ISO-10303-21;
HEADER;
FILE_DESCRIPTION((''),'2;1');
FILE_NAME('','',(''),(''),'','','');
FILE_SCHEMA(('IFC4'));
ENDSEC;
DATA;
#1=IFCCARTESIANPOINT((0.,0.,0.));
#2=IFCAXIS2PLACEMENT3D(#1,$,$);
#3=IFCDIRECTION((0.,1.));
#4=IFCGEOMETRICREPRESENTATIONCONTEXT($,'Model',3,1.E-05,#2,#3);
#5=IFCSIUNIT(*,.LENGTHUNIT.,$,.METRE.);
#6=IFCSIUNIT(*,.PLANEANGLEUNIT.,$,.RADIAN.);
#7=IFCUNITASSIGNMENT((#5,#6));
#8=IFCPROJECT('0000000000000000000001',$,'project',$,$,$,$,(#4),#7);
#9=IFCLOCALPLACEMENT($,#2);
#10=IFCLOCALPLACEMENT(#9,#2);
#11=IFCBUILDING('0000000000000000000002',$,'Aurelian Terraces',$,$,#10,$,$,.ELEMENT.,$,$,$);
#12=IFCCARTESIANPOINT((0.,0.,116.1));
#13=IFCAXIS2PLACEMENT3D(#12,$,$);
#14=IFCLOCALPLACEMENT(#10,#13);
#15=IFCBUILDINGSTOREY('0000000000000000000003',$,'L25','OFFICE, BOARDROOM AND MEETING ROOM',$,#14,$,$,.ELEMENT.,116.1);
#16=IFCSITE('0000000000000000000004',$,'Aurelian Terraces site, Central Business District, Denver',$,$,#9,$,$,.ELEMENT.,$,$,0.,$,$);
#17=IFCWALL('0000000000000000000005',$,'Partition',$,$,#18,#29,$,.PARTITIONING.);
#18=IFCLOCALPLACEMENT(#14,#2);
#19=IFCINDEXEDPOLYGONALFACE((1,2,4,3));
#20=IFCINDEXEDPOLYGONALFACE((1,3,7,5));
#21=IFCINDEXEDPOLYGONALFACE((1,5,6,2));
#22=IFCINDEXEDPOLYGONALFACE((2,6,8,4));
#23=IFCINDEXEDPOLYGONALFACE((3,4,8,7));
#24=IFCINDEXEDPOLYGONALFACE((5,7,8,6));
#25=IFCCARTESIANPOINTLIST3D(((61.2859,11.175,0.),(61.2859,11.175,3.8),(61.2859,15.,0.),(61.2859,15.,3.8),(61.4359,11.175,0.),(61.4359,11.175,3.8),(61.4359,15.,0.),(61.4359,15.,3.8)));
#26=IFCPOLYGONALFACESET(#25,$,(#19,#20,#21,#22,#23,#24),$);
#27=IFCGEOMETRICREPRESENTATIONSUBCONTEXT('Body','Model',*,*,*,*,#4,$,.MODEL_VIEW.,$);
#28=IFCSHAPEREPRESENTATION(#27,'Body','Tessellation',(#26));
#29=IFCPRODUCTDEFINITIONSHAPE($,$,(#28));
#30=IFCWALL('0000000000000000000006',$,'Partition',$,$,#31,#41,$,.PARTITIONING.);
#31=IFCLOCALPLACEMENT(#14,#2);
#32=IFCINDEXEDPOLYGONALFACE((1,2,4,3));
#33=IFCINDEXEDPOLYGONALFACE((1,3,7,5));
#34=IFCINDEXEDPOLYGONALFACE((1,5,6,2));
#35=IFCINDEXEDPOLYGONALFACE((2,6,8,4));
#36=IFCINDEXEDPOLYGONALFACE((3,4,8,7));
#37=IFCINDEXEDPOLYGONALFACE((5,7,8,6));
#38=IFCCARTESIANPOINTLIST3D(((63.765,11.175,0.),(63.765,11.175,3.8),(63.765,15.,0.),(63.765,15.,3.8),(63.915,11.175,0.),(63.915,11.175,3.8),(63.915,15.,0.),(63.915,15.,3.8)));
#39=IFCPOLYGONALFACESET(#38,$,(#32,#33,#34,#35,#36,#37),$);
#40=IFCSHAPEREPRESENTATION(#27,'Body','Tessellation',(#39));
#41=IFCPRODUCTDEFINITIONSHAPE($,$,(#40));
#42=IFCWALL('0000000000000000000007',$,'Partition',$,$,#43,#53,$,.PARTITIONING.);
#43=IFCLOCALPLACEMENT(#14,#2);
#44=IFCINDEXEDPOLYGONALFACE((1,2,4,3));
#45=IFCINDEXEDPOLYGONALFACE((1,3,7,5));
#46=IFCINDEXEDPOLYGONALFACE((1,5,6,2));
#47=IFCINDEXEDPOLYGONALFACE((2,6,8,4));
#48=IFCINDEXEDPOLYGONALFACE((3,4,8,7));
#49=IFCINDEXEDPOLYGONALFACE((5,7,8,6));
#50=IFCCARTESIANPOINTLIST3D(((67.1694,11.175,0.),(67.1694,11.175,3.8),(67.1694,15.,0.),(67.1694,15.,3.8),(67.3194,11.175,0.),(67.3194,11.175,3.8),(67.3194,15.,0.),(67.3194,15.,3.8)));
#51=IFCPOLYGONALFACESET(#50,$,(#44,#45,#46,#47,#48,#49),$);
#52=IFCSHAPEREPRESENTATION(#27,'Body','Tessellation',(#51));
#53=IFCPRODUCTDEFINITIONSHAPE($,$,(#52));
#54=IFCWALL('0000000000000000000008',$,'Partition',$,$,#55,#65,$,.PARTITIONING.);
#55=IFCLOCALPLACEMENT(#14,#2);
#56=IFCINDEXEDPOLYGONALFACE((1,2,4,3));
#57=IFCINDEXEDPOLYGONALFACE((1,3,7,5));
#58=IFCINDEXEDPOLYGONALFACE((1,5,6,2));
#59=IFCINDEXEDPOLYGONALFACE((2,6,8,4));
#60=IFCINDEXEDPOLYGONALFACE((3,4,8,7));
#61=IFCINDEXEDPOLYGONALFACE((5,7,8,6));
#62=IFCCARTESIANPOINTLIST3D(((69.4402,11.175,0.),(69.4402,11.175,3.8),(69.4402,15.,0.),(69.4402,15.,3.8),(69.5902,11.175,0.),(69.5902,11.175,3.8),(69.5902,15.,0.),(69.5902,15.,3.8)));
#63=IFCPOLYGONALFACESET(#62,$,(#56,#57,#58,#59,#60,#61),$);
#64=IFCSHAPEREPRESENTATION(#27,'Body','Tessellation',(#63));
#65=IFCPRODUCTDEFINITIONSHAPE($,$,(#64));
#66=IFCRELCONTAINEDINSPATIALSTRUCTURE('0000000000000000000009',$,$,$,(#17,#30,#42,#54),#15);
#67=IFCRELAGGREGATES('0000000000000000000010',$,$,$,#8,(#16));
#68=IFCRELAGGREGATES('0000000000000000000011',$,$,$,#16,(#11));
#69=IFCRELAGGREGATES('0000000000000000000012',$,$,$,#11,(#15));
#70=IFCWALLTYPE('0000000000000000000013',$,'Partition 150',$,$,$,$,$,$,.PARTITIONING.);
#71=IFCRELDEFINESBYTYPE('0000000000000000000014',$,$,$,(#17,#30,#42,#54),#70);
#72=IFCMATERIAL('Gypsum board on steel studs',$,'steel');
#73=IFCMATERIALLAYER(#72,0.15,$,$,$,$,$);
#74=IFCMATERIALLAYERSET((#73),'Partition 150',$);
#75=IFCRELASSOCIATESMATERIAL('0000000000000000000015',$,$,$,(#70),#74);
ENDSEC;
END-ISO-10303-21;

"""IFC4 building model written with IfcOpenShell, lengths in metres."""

from ifc_helpers import new_model, si_unit, direction, frame, frame_2d, origin, place, context, subcontext, project, spatial, rectangle, extrude, source, transform, mapped, material, layer, layer_set, type_object, element, save


model = new_model("IFC4")

# Units and contexts
model_context = context("Model", 3, precision=1e-05, world=origin(), true_north=direction((0.0, 1.0)))
body_context = subcontext(model_context, "Body", "Model", "MODEL_VIEW")
ifc_project = project(units=[si_unit("LENGTHUNIT", "METRE"), si_unit("PLANEANGLEUNIT", "RADIAN")], contexts=[model_context])

# Site, building, storey
site_placement = place(None, origin())
site = spatial("IfcSite", under=ifc_project, at=site_placement, Name="Aurelian Terraces site, Central Business District, Denver", CompositionType="ELEMENT", RefElevation=0.0)
building_placement = place(site_placement, origin())
building = spatial("IfcBuilding", under=site, at=building_placement, Name="Aurelian Terraces", CompositionType="ELEMENT")
storey_placement = place(building_placement, frame((0.0, 0.0, 116.1)))
storey = spatial("IfcBuildingStorey", under=building, at=storey_placement, Name="L25", Description="OFFICE, BOARDROOM AND MEETING ROOM", CompositionType="ELEMENT", Elevation=116.1)

# Shared definitions
ifc_material_1 = material(Name="Gypsum board on steel studs", Category="steel")

# Walls
ifc_layer_1 = layer(ifc_material_1, 0.15)
ifc_layer_set_1 = layer_set([ifc_layer_1], Name="Partition 150")
wall_type_1 = type_object("IfcWallType", Name="Partition 150", PredefinedType="PARTITIONING", material=ifc_layer_set_1)
shared_shape_1 = source(origin(), body_context, "Body", "SweptSolid", [
    extrude(rectangle(XDim=3.825, YDim=0.15, at=frame_2d((1.9125, 0.0))), origin(), (0.0, 0.0, 1.0), 3.8),
])
for number, where, z_axis, x_axis, name in (
    (1, (61.3609, 11.175, 0.0), (0.0, 0.0, 1.0), (0.0, 1.0, 0.0), "Partition"),
    (2, (63.84, 11.175, 0.0), (0.0, 0.0, 1.0), (0.0, 1.0, 0.0), "Partition"),
    (3, (67.2444, 11.175, 0.0), (0.0, 0.0, 1.0), (0.0, 1.0, 0.0), "Partition"),
    (4, (69.5152, 11.175, 0.0), (0.0, 0.0, 1.0), (0.0, 1.0, 0.0), "Partition"),
):
    element("IfcWall", number, at=place(storey_placement, frame(where, z_axis=z_axis, x_axis=x_axis)), inside=storey, type_object=wall_type_1, Name=name, PredefinedType="PARTITIONING", context=body_context, shape_type="MappedRepresentation", body=[
        mapped(shared_shape_1, transform((0.0, 0.0, 0.0), scale=1.0)),
    ])

save(model, "model.ifc")
